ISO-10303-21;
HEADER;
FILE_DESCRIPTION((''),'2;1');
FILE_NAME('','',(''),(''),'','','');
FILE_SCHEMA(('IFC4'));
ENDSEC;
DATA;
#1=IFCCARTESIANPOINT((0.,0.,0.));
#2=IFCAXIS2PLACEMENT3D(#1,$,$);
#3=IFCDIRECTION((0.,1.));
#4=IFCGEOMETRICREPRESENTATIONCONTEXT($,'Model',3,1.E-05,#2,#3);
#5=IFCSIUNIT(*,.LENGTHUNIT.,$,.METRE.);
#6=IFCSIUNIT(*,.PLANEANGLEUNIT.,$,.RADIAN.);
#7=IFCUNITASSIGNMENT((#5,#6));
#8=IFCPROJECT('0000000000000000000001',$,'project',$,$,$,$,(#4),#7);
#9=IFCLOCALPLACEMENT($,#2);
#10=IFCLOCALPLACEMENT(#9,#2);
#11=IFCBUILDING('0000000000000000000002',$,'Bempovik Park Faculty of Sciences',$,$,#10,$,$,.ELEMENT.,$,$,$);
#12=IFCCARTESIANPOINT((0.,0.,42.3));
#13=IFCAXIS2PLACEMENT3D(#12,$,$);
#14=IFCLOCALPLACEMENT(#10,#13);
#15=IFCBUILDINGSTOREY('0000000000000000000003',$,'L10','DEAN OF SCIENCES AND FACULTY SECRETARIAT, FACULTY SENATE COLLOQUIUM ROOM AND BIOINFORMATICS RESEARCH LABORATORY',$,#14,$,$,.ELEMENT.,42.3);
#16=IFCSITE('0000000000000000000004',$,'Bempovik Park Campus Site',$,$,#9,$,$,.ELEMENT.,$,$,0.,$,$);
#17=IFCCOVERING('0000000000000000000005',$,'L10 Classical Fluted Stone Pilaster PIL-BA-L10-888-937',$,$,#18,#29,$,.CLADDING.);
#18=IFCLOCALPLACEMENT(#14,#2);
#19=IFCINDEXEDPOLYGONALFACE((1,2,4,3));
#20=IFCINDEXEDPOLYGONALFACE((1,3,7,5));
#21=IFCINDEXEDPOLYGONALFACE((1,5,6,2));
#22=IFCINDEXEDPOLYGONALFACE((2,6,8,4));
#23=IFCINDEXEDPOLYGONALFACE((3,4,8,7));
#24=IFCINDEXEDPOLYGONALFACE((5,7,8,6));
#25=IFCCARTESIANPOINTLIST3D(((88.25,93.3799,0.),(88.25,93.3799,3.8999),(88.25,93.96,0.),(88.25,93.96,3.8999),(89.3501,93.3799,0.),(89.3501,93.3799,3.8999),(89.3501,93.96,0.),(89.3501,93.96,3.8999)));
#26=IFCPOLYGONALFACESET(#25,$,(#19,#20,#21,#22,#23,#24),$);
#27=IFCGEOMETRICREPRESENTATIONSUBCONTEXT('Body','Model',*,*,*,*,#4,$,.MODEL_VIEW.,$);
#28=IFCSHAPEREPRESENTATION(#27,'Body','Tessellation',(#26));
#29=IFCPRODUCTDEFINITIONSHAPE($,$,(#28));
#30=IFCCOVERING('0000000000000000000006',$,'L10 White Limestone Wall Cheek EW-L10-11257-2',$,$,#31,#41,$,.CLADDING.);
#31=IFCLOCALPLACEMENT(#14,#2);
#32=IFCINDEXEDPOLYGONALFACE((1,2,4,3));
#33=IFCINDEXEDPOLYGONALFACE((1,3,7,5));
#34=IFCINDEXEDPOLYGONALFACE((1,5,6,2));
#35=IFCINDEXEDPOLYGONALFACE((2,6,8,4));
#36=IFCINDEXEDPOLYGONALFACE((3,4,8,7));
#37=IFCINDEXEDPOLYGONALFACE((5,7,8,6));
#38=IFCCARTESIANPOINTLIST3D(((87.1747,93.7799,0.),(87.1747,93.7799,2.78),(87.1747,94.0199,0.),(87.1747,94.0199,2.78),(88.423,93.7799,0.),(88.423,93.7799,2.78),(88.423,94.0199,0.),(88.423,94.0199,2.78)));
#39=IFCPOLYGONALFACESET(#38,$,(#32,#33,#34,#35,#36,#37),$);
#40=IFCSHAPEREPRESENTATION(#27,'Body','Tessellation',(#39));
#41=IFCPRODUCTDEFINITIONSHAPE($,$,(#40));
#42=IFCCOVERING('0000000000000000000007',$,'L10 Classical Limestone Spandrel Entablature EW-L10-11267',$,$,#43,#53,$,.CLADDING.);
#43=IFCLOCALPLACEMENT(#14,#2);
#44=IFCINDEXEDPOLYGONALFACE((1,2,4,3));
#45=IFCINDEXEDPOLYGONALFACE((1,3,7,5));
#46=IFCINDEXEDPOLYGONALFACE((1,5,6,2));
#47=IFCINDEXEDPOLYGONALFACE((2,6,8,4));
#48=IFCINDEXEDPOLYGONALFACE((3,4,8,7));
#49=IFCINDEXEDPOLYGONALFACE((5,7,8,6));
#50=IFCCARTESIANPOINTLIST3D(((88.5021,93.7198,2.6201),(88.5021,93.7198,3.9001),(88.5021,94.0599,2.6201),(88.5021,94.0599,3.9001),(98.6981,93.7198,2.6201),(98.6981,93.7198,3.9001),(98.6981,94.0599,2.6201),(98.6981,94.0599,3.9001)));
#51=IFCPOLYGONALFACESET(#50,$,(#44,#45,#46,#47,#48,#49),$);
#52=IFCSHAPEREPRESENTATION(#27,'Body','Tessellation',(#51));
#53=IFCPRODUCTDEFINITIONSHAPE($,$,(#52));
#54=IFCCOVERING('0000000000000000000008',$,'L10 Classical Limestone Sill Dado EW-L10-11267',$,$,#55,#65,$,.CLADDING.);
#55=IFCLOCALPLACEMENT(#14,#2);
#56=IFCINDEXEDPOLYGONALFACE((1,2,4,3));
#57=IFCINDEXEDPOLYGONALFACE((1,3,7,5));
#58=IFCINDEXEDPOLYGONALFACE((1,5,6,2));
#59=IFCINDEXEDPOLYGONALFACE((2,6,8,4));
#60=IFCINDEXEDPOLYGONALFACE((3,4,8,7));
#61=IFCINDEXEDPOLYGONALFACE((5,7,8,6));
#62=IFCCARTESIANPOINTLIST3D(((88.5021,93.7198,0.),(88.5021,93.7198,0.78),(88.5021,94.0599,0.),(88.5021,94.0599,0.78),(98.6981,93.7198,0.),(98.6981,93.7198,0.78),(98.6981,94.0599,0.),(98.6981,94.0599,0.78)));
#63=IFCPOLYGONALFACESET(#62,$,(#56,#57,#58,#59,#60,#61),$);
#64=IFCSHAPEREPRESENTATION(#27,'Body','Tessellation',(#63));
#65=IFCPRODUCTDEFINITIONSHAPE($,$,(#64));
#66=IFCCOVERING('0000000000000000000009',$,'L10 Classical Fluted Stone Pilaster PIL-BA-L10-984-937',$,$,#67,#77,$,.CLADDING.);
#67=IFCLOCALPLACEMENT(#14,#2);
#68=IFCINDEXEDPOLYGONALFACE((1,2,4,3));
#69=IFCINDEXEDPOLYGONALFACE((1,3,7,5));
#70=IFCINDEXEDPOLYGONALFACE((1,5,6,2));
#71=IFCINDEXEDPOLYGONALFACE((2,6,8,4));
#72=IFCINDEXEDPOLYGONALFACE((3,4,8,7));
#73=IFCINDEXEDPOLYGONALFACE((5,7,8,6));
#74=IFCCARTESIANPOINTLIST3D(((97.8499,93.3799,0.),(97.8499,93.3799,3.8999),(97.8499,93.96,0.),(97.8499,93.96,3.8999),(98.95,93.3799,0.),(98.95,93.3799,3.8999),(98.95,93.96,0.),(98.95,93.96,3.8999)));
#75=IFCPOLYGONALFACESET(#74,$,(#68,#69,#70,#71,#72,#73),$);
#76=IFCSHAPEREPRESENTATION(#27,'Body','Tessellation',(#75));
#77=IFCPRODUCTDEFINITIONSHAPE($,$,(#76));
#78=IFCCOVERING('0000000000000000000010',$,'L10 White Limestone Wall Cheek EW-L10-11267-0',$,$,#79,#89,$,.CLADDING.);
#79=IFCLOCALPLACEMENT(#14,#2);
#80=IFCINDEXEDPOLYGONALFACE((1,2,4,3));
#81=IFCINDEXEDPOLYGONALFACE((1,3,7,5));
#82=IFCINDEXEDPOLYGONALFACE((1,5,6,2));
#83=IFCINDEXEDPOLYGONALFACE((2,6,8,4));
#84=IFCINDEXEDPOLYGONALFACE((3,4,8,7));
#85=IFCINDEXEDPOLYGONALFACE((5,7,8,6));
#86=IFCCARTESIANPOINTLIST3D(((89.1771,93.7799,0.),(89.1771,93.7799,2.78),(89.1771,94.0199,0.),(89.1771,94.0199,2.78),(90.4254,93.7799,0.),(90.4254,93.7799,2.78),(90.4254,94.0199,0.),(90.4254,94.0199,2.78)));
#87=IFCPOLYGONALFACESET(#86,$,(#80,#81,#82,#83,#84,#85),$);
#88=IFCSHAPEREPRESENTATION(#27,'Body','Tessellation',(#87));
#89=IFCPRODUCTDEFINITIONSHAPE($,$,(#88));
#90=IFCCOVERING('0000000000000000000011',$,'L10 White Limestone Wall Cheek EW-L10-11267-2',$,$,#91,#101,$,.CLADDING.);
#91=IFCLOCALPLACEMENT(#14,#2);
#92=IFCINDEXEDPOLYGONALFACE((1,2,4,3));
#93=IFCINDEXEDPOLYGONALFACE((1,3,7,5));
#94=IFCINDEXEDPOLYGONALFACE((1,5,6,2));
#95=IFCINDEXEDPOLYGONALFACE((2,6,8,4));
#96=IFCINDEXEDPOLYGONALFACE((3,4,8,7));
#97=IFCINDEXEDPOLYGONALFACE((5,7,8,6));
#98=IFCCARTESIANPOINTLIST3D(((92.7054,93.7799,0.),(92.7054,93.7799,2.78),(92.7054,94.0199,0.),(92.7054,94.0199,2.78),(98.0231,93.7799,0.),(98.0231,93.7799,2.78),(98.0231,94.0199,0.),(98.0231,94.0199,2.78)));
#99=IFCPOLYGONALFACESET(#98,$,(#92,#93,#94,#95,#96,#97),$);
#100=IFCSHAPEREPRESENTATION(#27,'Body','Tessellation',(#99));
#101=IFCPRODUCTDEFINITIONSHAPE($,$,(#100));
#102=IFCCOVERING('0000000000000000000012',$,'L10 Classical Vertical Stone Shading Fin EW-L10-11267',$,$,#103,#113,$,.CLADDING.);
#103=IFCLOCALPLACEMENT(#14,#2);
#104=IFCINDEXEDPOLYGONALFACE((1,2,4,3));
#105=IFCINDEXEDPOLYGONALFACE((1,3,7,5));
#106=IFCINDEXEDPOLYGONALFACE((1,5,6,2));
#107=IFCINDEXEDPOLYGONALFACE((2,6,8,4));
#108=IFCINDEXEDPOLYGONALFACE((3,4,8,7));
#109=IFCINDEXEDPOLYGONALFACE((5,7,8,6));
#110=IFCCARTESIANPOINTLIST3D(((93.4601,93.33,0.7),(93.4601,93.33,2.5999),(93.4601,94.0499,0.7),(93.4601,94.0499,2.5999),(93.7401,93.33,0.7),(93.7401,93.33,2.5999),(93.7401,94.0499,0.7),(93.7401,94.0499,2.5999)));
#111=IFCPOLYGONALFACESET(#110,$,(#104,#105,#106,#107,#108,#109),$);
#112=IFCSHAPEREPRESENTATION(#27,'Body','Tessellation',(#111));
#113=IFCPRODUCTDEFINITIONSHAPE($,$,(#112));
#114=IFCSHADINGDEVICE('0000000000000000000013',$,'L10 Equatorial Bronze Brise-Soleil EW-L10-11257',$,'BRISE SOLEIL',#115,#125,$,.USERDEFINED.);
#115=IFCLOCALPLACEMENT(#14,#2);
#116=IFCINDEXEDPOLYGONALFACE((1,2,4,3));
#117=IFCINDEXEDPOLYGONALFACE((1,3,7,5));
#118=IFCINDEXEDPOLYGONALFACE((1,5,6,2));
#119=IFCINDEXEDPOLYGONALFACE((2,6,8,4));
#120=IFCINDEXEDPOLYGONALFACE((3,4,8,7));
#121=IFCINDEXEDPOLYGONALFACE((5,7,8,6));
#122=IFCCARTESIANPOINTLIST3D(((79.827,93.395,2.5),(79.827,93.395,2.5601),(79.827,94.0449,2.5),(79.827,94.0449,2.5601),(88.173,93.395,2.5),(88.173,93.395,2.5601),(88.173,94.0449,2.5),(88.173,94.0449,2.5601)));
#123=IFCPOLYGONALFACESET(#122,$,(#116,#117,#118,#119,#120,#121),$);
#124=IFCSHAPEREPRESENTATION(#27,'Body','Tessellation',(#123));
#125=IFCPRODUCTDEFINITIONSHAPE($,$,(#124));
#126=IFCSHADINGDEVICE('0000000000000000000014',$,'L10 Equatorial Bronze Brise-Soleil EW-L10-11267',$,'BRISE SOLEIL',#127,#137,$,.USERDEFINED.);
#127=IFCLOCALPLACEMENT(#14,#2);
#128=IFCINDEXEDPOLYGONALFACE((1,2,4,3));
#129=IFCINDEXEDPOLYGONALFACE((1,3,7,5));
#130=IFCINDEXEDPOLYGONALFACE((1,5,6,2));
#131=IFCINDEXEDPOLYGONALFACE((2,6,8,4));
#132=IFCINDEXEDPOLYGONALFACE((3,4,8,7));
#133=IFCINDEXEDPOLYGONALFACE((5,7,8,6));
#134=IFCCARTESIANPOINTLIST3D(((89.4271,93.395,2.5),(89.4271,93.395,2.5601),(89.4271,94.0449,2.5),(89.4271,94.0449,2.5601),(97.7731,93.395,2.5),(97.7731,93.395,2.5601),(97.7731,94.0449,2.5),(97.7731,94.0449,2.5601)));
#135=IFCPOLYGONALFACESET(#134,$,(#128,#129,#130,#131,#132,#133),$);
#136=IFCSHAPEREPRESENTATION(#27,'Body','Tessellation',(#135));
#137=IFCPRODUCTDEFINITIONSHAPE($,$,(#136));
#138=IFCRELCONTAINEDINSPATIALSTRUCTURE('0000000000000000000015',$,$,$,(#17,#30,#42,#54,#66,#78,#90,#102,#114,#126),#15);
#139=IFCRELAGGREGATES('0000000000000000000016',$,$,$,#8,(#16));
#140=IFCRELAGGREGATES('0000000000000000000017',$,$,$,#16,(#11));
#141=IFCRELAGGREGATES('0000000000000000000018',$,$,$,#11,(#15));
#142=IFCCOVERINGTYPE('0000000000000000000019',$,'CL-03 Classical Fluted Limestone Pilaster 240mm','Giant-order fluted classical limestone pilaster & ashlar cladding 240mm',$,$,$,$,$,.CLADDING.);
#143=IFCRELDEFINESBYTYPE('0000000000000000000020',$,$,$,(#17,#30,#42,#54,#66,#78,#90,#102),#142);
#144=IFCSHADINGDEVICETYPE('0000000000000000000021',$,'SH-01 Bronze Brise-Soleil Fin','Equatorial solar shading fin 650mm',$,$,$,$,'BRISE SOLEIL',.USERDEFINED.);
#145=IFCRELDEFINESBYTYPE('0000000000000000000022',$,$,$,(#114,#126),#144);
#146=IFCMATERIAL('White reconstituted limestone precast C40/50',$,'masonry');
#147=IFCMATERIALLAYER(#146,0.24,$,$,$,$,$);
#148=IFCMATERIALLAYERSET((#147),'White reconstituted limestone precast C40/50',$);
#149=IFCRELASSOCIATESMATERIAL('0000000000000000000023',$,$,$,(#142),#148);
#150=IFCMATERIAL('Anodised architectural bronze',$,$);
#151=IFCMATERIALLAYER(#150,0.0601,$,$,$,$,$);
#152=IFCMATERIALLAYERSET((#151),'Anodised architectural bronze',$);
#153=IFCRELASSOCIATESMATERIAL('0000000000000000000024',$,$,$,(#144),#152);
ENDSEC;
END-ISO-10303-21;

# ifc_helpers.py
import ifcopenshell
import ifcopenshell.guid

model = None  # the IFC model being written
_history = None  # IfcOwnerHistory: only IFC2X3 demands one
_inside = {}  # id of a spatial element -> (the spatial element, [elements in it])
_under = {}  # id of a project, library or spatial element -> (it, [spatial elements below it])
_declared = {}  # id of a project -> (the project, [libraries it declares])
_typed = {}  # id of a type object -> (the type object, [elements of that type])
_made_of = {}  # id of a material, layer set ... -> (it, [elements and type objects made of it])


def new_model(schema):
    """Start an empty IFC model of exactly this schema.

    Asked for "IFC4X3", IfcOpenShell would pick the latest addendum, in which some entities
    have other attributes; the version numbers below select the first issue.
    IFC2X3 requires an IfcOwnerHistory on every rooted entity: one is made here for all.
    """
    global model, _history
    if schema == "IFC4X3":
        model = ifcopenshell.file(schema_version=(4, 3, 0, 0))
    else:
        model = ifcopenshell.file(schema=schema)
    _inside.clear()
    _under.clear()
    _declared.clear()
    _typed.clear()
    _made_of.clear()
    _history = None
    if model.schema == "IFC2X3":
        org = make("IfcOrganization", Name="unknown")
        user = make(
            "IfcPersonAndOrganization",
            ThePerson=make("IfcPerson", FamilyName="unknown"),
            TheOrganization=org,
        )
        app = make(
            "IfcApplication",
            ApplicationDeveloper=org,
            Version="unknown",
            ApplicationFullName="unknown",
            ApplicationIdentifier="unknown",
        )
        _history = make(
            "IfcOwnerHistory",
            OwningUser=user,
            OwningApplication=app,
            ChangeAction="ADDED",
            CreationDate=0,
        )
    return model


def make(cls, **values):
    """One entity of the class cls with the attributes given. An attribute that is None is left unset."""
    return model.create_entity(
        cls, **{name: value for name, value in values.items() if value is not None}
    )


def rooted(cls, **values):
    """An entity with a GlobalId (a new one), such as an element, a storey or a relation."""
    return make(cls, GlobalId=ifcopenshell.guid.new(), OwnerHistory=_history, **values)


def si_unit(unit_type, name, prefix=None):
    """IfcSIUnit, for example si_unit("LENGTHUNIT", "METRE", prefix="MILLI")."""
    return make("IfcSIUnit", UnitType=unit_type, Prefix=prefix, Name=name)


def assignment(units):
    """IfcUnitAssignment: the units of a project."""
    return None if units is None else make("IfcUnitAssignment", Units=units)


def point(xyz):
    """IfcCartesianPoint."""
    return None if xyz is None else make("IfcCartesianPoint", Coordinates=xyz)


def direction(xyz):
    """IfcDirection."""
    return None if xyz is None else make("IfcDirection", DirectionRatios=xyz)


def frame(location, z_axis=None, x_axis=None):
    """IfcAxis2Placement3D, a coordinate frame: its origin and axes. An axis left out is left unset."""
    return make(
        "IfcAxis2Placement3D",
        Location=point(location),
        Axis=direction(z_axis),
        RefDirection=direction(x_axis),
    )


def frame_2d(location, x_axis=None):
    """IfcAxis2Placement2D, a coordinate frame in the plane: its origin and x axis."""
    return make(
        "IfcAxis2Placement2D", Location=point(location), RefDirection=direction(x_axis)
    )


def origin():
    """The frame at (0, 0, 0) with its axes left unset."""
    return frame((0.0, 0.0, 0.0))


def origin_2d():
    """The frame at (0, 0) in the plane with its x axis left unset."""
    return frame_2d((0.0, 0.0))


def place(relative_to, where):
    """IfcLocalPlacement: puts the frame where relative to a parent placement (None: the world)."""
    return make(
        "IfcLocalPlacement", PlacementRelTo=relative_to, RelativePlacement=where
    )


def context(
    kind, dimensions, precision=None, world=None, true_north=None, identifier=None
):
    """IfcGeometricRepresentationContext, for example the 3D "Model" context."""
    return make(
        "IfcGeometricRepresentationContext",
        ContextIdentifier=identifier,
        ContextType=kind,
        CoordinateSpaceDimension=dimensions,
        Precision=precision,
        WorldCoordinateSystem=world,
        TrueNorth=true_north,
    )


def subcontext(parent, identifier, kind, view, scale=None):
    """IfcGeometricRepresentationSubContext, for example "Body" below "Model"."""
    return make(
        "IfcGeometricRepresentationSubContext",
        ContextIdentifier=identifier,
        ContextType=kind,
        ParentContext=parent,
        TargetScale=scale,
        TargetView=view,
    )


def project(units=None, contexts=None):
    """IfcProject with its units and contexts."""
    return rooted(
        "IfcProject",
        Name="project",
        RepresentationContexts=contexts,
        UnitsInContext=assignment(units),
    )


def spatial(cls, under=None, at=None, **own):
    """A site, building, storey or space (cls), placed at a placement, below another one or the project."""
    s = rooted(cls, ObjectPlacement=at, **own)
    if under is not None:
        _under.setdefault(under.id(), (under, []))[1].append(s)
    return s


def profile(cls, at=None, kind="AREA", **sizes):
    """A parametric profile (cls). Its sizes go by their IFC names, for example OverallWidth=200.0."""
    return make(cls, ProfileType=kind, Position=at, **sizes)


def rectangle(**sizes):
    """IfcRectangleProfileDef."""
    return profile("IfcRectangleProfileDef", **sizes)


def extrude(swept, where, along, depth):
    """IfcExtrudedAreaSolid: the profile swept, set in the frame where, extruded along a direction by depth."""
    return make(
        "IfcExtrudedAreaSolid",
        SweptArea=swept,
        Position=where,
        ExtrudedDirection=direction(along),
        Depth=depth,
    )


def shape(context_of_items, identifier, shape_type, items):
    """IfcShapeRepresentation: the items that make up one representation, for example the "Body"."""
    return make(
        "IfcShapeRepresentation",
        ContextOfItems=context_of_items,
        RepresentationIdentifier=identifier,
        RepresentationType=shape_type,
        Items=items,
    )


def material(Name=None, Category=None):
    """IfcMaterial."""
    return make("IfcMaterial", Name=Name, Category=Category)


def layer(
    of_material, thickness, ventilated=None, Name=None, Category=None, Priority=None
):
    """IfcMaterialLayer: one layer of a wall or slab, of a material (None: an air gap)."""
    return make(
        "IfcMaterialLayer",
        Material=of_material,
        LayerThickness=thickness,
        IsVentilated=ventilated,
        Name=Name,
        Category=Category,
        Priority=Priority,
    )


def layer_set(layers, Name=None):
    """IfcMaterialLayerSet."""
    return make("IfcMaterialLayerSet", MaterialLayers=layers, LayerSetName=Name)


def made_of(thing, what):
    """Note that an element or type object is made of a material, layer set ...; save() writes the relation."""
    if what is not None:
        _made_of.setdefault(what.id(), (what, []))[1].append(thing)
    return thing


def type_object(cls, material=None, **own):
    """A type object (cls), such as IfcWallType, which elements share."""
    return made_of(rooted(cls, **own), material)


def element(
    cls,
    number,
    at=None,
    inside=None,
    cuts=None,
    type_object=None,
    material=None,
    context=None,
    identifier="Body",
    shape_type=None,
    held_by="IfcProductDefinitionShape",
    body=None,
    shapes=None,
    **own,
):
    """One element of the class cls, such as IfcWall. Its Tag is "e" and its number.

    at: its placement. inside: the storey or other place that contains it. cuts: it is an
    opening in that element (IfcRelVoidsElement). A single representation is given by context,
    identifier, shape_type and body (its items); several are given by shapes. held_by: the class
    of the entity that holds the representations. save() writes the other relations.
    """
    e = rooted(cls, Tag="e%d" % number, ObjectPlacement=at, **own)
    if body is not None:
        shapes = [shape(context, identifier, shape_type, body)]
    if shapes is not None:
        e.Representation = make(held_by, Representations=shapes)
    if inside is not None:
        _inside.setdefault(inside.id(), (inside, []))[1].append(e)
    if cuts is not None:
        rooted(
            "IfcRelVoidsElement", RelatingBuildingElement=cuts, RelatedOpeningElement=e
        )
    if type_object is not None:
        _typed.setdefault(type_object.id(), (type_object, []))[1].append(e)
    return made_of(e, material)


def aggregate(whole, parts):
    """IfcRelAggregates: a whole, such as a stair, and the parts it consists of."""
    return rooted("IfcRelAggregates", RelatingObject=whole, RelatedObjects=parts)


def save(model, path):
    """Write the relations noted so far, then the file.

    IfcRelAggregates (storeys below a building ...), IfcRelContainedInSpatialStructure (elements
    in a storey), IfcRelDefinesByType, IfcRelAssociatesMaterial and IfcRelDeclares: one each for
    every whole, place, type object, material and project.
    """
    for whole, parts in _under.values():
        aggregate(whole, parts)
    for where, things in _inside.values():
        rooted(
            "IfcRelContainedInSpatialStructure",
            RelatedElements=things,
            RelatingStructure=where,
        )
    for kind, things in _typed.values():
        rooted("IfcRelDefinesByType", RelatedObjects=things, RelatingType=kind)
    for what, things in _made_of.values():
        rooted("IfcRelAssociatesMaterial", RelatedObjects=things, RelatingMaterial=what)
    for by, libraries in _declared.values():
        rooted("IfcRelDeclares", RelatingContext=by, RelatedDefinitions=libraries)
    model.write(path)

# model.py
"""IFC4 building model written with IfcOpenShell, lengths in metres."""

from ifc_helpers import new_model, si_unit, direction, frame, origin, origin_2d, place, context, subcontext, project, spatial, rectangle, extrude, material, layer, layer_set, type_object, element, save


model = new_model("IFC4")

# Units and contexts
model_context = context("Model", 3, precision=1e-05, world=origin(), true_north=direction((0.0, 1.0)))
body_context = subcontext(model_context, "Body", "Model", "MODEL_VIEW")
ifc_project = project(units=[si_unit("LENGTHUNIT", "METRE"), si_unit("PLANEANGLEUNIT", "RADIAN")], contexts=[model_context])

# Site, building, storey
site_placement = place(None, origin())
site = spatial("IfcSite", under=ifc_project, at=site_placement, Name="Bempovik Park Campus Site", CompositionType="ELEMENT", RefElevation=0.0)
building_placement = place(site_placement, origin())
building = spatial("IfcBuilding", under=site, at=building_placement, Name="Bempovik Park Faculty of Sciences", CompositionType="ELEMENT")
storey_placement = place(building_placement, frame((0.0, 0.0, 42.3)))
storey = spatial("IfcBuildingStorey", under=building, at=storey_placement, Name="L10", Description="DEAN OF SCIENCES AND FACULTY SECRETARIAT, FACULTY SENATE COLLOQUIUM ROOM AND BIOINFORMATICS RESEARCH LABORATORY", CompositionType="ELEMENT", Elevation=42.3)

# Coverings
ifc_material_1 = material(Name="White reconstituted limestone precast C40/50", Category="masonry")
ifc_layer_1 = layer(ifc_material_1, 0.24)
ifc_layer_set_1 = layer_set([ifc_layer_1], Name="White reconstituted limestone precast C40/50")
covering_type_1 = type_object("IfcCoveringType", Name="CL-03 Classical Fluted Limestone Pilaster 240mm", Description="Giant-order fluted classical limestone pilaster & ashlar cladding 240mm", PredefinedType="CLADDING", material=ifc_layer_set_1)
covering_1_placement = place(storey_placement, frame((88.8, 93.6699, 0.0), z_axis=(0.0, 0.0, 1.0), x_axis=(1.0, 0.0, 0.0)))
element("IfcCovering", 1, at=covering_1_placement, inside=storey, type_object=covering_type_1, Name="L10 Classical Fluted Stone Pilaster PIL-BA-L10-888-937", PredefinedType="CLADDING", context=body_context, shape_type="SweptSolid", body=[
    extrude(rectangle(XDim=1.1001, YDim=0.5801, at=origin_2d()), origin(), (0.0, 0.0, 1.0), 3.8999),
])
covering_2_placement = place(storey_placement, frame((87.7988, 93.8999, 0.0), z_axis=(0.0, 0.0, 1.0), x_axis=(1.0, 0.0, 0.0)))
element("IfcCovering", 2, at=covering_2_placement, inside=storey, type_object=covering_type_1, Name="L10 White Limestone Wall Cheek EW-L10-11257-2", PredefinedType="CLADDING", context=body_context, shape_type="SweptSolid", body=[
    extrude(rectangle(XDim=1.2483, YDim=0.24, at=origin_2d()), origin(), (0.0, 0.0, 1.0), 2.78),
])
covering_3_placement = place(storey_placement, frame((93.6001, 93.8899, 2.6201), z_axis=(0.0, 0.0, 1.0), x_axis=(1.0, 0.0, 0.0)))
element("IfcCovering", 3, at=covering_3_placement, inside=storey, type_object=covering_type_1, Name="L10 Classical Limestone Spandrel Entablature EW-L10-11267", PredefinedType="CLADDING", context=body_context, shape_type="SweptSolid", body=[
    extrude(rectangle(XDim=10.196, YDim=0.3401, at=origin_2d()), origin(), (0.0, 0.0, 1.0), 1.28),
])
covering_4_placement = place(storey_placement, frame((93.6001, 93.8899, 0.0), z_axis=(0.0, 0.0, 1.0), x_axis=(1.0, 0.0, 0.0)))
element("IfcCovering", 4, at=covering_4_placement, inside=storey, type_object=covering_type_1, Name="L10 Classical Limestone Sill Dado EW-L10-11267", PredefinedType="CLADDING", context=body_context, shape_type="SweptSolid", body=[
    extrude(rectangle(XDim=10.196, YDim=0.3401, at=origin_2d()), origin(), (0.0, 0.0, 1.0), 0.78),
])
covering_5_placement = place(storey_placement, frame((98.3999, 93.6699, 0.0), z_axis=(0.0, 0.0, 1.0), x_axis=(1.0, 0.0, 0.0)))
element("IfcCovering", 5, at=covering_5_placement, inside=storey, type_object=covering_type_1, Name="L10 Classical Fluted Stone Pilaster PIL-BA-L10-984-937", PredefinedType="CLADDING", context=body_context, shape_type="SweptSolid", body=[
    extrude(rectangle(XDim=1.1001, YDim=0.5801, at=origin_2d()), origin(), (0.0, 0.0, 1.0), 3.8999),
])
covering_6_placement = place(storey_placement, frame((89.8013, 93.8999, 0.0), z_axis=(0.0, 0.0, 1.0), x_axis=(1.0, 0.0, 0.0)))
element("IfcCovering", 6, at=covering_6_placement, inside=storey, type_object=covering_type_1, Name="L10 White Limestone Wall Cheek EW-L10-11267-0", PredefinedType="CLADDING", context=body_context, shape_type="SweptSolid", body=[
    extrude(rectangle(XDim=1.2483, YDim=0.24, at=origin_2d()), origin(), (0.0, 0.0, 1.0), 2.78),
])
covering_7_placement = place(storey_placement, frame((95.3643, 93.8999, 0.0), z_axis=(0.0, 0.0, 1.0), x_axis=(1.0, 0.0, 0.0)))
element("IfcCovering", 7, at=covering_7_placement, inside=storey, type_object=covering_type_1, Name="L10 White Limestone Wall Cheek EW-L10-11267-2", PredefinedType="CLADDING", context=body_context, shape_type="SweptSolid", body=[
    extrude(rectangle(XDim=5.3176, YDim=0.24, at=origin_2d()), origin(), (0.0, 0.0, 1.0), 2.78),
])
covering_8_placement = place(storey_placement, frame((93.6001, 93.6899, 0.7), z_axis=(0.0, 0.0, 1.0), x_axis=(1.0, 0.0, 0.0)))
element("IfcCovering", 8, at=covering_8_placement, inside=storey, type_object=covering_type_1, Name="L10 Classical Vertical Stone Shading Fin EW-L10-11267", PredefinedType="CLADDING", context=body_context, shape_type="SweptSolid", body=[
    extrude(rectangle(XDim=0.28, YDim=0.72, at=origin_2d()), origin(), (0.0, 0.0, 1.0), 1.8999),
])

# Shading devices
ifc_material_2 = material(Name="Anodised architectural bronze")
ifc_layer_2 = layer(ifc_material_2, 0.0601)
ifc_layer_set_2 = layer_set([ifc_layer_2], Name="Anodised architectural bronze")
shading_device_type = type_object("IfcShadingDeviceType", Name="SH-01 Bronze Brise-Soleil Fin", Description="Equatorial solar shading fin 650mm", ElementType="BRISE SOLEIL", PredefinedType="USERDEFINED", material=ifc_layer_set_2)
for number, where, z_axis, x_axis, name in (
    (9, (84.0, 93.72, 2.5), (0.0, 0.0, 1.0), (1.0, 0.0, 0.0), "L10 Equatorial Bronze Brise-Soleil EW-L10-11257"),
    (10, (93.6001, 93.72, 2.5), (0.0, 0.0, 1.0), (1.0, 0.0, 0.0), "L10 Equatorial Bronze Brise-Soleil EW-L10-11267"),
):
    element("IfcShadingDevice", number, at=place(storey_placement, frame(where, z_axis=z_axis, x_axis=x_axis)), inside=storey, type_object=shading_device_type, Name=name, ObjectType="BRISE SOLEIL", PredefinedType="USERDEFINED", context=body_context, shape_type="SweptSolid", body=[
        extrude(rectangle(XDim=8.3459, YDim=0.6499, at=origin_2d()), origin(), (0.0, 0.0, 1.0), 0.0601),
    ])

save(model, "model.ifc")
